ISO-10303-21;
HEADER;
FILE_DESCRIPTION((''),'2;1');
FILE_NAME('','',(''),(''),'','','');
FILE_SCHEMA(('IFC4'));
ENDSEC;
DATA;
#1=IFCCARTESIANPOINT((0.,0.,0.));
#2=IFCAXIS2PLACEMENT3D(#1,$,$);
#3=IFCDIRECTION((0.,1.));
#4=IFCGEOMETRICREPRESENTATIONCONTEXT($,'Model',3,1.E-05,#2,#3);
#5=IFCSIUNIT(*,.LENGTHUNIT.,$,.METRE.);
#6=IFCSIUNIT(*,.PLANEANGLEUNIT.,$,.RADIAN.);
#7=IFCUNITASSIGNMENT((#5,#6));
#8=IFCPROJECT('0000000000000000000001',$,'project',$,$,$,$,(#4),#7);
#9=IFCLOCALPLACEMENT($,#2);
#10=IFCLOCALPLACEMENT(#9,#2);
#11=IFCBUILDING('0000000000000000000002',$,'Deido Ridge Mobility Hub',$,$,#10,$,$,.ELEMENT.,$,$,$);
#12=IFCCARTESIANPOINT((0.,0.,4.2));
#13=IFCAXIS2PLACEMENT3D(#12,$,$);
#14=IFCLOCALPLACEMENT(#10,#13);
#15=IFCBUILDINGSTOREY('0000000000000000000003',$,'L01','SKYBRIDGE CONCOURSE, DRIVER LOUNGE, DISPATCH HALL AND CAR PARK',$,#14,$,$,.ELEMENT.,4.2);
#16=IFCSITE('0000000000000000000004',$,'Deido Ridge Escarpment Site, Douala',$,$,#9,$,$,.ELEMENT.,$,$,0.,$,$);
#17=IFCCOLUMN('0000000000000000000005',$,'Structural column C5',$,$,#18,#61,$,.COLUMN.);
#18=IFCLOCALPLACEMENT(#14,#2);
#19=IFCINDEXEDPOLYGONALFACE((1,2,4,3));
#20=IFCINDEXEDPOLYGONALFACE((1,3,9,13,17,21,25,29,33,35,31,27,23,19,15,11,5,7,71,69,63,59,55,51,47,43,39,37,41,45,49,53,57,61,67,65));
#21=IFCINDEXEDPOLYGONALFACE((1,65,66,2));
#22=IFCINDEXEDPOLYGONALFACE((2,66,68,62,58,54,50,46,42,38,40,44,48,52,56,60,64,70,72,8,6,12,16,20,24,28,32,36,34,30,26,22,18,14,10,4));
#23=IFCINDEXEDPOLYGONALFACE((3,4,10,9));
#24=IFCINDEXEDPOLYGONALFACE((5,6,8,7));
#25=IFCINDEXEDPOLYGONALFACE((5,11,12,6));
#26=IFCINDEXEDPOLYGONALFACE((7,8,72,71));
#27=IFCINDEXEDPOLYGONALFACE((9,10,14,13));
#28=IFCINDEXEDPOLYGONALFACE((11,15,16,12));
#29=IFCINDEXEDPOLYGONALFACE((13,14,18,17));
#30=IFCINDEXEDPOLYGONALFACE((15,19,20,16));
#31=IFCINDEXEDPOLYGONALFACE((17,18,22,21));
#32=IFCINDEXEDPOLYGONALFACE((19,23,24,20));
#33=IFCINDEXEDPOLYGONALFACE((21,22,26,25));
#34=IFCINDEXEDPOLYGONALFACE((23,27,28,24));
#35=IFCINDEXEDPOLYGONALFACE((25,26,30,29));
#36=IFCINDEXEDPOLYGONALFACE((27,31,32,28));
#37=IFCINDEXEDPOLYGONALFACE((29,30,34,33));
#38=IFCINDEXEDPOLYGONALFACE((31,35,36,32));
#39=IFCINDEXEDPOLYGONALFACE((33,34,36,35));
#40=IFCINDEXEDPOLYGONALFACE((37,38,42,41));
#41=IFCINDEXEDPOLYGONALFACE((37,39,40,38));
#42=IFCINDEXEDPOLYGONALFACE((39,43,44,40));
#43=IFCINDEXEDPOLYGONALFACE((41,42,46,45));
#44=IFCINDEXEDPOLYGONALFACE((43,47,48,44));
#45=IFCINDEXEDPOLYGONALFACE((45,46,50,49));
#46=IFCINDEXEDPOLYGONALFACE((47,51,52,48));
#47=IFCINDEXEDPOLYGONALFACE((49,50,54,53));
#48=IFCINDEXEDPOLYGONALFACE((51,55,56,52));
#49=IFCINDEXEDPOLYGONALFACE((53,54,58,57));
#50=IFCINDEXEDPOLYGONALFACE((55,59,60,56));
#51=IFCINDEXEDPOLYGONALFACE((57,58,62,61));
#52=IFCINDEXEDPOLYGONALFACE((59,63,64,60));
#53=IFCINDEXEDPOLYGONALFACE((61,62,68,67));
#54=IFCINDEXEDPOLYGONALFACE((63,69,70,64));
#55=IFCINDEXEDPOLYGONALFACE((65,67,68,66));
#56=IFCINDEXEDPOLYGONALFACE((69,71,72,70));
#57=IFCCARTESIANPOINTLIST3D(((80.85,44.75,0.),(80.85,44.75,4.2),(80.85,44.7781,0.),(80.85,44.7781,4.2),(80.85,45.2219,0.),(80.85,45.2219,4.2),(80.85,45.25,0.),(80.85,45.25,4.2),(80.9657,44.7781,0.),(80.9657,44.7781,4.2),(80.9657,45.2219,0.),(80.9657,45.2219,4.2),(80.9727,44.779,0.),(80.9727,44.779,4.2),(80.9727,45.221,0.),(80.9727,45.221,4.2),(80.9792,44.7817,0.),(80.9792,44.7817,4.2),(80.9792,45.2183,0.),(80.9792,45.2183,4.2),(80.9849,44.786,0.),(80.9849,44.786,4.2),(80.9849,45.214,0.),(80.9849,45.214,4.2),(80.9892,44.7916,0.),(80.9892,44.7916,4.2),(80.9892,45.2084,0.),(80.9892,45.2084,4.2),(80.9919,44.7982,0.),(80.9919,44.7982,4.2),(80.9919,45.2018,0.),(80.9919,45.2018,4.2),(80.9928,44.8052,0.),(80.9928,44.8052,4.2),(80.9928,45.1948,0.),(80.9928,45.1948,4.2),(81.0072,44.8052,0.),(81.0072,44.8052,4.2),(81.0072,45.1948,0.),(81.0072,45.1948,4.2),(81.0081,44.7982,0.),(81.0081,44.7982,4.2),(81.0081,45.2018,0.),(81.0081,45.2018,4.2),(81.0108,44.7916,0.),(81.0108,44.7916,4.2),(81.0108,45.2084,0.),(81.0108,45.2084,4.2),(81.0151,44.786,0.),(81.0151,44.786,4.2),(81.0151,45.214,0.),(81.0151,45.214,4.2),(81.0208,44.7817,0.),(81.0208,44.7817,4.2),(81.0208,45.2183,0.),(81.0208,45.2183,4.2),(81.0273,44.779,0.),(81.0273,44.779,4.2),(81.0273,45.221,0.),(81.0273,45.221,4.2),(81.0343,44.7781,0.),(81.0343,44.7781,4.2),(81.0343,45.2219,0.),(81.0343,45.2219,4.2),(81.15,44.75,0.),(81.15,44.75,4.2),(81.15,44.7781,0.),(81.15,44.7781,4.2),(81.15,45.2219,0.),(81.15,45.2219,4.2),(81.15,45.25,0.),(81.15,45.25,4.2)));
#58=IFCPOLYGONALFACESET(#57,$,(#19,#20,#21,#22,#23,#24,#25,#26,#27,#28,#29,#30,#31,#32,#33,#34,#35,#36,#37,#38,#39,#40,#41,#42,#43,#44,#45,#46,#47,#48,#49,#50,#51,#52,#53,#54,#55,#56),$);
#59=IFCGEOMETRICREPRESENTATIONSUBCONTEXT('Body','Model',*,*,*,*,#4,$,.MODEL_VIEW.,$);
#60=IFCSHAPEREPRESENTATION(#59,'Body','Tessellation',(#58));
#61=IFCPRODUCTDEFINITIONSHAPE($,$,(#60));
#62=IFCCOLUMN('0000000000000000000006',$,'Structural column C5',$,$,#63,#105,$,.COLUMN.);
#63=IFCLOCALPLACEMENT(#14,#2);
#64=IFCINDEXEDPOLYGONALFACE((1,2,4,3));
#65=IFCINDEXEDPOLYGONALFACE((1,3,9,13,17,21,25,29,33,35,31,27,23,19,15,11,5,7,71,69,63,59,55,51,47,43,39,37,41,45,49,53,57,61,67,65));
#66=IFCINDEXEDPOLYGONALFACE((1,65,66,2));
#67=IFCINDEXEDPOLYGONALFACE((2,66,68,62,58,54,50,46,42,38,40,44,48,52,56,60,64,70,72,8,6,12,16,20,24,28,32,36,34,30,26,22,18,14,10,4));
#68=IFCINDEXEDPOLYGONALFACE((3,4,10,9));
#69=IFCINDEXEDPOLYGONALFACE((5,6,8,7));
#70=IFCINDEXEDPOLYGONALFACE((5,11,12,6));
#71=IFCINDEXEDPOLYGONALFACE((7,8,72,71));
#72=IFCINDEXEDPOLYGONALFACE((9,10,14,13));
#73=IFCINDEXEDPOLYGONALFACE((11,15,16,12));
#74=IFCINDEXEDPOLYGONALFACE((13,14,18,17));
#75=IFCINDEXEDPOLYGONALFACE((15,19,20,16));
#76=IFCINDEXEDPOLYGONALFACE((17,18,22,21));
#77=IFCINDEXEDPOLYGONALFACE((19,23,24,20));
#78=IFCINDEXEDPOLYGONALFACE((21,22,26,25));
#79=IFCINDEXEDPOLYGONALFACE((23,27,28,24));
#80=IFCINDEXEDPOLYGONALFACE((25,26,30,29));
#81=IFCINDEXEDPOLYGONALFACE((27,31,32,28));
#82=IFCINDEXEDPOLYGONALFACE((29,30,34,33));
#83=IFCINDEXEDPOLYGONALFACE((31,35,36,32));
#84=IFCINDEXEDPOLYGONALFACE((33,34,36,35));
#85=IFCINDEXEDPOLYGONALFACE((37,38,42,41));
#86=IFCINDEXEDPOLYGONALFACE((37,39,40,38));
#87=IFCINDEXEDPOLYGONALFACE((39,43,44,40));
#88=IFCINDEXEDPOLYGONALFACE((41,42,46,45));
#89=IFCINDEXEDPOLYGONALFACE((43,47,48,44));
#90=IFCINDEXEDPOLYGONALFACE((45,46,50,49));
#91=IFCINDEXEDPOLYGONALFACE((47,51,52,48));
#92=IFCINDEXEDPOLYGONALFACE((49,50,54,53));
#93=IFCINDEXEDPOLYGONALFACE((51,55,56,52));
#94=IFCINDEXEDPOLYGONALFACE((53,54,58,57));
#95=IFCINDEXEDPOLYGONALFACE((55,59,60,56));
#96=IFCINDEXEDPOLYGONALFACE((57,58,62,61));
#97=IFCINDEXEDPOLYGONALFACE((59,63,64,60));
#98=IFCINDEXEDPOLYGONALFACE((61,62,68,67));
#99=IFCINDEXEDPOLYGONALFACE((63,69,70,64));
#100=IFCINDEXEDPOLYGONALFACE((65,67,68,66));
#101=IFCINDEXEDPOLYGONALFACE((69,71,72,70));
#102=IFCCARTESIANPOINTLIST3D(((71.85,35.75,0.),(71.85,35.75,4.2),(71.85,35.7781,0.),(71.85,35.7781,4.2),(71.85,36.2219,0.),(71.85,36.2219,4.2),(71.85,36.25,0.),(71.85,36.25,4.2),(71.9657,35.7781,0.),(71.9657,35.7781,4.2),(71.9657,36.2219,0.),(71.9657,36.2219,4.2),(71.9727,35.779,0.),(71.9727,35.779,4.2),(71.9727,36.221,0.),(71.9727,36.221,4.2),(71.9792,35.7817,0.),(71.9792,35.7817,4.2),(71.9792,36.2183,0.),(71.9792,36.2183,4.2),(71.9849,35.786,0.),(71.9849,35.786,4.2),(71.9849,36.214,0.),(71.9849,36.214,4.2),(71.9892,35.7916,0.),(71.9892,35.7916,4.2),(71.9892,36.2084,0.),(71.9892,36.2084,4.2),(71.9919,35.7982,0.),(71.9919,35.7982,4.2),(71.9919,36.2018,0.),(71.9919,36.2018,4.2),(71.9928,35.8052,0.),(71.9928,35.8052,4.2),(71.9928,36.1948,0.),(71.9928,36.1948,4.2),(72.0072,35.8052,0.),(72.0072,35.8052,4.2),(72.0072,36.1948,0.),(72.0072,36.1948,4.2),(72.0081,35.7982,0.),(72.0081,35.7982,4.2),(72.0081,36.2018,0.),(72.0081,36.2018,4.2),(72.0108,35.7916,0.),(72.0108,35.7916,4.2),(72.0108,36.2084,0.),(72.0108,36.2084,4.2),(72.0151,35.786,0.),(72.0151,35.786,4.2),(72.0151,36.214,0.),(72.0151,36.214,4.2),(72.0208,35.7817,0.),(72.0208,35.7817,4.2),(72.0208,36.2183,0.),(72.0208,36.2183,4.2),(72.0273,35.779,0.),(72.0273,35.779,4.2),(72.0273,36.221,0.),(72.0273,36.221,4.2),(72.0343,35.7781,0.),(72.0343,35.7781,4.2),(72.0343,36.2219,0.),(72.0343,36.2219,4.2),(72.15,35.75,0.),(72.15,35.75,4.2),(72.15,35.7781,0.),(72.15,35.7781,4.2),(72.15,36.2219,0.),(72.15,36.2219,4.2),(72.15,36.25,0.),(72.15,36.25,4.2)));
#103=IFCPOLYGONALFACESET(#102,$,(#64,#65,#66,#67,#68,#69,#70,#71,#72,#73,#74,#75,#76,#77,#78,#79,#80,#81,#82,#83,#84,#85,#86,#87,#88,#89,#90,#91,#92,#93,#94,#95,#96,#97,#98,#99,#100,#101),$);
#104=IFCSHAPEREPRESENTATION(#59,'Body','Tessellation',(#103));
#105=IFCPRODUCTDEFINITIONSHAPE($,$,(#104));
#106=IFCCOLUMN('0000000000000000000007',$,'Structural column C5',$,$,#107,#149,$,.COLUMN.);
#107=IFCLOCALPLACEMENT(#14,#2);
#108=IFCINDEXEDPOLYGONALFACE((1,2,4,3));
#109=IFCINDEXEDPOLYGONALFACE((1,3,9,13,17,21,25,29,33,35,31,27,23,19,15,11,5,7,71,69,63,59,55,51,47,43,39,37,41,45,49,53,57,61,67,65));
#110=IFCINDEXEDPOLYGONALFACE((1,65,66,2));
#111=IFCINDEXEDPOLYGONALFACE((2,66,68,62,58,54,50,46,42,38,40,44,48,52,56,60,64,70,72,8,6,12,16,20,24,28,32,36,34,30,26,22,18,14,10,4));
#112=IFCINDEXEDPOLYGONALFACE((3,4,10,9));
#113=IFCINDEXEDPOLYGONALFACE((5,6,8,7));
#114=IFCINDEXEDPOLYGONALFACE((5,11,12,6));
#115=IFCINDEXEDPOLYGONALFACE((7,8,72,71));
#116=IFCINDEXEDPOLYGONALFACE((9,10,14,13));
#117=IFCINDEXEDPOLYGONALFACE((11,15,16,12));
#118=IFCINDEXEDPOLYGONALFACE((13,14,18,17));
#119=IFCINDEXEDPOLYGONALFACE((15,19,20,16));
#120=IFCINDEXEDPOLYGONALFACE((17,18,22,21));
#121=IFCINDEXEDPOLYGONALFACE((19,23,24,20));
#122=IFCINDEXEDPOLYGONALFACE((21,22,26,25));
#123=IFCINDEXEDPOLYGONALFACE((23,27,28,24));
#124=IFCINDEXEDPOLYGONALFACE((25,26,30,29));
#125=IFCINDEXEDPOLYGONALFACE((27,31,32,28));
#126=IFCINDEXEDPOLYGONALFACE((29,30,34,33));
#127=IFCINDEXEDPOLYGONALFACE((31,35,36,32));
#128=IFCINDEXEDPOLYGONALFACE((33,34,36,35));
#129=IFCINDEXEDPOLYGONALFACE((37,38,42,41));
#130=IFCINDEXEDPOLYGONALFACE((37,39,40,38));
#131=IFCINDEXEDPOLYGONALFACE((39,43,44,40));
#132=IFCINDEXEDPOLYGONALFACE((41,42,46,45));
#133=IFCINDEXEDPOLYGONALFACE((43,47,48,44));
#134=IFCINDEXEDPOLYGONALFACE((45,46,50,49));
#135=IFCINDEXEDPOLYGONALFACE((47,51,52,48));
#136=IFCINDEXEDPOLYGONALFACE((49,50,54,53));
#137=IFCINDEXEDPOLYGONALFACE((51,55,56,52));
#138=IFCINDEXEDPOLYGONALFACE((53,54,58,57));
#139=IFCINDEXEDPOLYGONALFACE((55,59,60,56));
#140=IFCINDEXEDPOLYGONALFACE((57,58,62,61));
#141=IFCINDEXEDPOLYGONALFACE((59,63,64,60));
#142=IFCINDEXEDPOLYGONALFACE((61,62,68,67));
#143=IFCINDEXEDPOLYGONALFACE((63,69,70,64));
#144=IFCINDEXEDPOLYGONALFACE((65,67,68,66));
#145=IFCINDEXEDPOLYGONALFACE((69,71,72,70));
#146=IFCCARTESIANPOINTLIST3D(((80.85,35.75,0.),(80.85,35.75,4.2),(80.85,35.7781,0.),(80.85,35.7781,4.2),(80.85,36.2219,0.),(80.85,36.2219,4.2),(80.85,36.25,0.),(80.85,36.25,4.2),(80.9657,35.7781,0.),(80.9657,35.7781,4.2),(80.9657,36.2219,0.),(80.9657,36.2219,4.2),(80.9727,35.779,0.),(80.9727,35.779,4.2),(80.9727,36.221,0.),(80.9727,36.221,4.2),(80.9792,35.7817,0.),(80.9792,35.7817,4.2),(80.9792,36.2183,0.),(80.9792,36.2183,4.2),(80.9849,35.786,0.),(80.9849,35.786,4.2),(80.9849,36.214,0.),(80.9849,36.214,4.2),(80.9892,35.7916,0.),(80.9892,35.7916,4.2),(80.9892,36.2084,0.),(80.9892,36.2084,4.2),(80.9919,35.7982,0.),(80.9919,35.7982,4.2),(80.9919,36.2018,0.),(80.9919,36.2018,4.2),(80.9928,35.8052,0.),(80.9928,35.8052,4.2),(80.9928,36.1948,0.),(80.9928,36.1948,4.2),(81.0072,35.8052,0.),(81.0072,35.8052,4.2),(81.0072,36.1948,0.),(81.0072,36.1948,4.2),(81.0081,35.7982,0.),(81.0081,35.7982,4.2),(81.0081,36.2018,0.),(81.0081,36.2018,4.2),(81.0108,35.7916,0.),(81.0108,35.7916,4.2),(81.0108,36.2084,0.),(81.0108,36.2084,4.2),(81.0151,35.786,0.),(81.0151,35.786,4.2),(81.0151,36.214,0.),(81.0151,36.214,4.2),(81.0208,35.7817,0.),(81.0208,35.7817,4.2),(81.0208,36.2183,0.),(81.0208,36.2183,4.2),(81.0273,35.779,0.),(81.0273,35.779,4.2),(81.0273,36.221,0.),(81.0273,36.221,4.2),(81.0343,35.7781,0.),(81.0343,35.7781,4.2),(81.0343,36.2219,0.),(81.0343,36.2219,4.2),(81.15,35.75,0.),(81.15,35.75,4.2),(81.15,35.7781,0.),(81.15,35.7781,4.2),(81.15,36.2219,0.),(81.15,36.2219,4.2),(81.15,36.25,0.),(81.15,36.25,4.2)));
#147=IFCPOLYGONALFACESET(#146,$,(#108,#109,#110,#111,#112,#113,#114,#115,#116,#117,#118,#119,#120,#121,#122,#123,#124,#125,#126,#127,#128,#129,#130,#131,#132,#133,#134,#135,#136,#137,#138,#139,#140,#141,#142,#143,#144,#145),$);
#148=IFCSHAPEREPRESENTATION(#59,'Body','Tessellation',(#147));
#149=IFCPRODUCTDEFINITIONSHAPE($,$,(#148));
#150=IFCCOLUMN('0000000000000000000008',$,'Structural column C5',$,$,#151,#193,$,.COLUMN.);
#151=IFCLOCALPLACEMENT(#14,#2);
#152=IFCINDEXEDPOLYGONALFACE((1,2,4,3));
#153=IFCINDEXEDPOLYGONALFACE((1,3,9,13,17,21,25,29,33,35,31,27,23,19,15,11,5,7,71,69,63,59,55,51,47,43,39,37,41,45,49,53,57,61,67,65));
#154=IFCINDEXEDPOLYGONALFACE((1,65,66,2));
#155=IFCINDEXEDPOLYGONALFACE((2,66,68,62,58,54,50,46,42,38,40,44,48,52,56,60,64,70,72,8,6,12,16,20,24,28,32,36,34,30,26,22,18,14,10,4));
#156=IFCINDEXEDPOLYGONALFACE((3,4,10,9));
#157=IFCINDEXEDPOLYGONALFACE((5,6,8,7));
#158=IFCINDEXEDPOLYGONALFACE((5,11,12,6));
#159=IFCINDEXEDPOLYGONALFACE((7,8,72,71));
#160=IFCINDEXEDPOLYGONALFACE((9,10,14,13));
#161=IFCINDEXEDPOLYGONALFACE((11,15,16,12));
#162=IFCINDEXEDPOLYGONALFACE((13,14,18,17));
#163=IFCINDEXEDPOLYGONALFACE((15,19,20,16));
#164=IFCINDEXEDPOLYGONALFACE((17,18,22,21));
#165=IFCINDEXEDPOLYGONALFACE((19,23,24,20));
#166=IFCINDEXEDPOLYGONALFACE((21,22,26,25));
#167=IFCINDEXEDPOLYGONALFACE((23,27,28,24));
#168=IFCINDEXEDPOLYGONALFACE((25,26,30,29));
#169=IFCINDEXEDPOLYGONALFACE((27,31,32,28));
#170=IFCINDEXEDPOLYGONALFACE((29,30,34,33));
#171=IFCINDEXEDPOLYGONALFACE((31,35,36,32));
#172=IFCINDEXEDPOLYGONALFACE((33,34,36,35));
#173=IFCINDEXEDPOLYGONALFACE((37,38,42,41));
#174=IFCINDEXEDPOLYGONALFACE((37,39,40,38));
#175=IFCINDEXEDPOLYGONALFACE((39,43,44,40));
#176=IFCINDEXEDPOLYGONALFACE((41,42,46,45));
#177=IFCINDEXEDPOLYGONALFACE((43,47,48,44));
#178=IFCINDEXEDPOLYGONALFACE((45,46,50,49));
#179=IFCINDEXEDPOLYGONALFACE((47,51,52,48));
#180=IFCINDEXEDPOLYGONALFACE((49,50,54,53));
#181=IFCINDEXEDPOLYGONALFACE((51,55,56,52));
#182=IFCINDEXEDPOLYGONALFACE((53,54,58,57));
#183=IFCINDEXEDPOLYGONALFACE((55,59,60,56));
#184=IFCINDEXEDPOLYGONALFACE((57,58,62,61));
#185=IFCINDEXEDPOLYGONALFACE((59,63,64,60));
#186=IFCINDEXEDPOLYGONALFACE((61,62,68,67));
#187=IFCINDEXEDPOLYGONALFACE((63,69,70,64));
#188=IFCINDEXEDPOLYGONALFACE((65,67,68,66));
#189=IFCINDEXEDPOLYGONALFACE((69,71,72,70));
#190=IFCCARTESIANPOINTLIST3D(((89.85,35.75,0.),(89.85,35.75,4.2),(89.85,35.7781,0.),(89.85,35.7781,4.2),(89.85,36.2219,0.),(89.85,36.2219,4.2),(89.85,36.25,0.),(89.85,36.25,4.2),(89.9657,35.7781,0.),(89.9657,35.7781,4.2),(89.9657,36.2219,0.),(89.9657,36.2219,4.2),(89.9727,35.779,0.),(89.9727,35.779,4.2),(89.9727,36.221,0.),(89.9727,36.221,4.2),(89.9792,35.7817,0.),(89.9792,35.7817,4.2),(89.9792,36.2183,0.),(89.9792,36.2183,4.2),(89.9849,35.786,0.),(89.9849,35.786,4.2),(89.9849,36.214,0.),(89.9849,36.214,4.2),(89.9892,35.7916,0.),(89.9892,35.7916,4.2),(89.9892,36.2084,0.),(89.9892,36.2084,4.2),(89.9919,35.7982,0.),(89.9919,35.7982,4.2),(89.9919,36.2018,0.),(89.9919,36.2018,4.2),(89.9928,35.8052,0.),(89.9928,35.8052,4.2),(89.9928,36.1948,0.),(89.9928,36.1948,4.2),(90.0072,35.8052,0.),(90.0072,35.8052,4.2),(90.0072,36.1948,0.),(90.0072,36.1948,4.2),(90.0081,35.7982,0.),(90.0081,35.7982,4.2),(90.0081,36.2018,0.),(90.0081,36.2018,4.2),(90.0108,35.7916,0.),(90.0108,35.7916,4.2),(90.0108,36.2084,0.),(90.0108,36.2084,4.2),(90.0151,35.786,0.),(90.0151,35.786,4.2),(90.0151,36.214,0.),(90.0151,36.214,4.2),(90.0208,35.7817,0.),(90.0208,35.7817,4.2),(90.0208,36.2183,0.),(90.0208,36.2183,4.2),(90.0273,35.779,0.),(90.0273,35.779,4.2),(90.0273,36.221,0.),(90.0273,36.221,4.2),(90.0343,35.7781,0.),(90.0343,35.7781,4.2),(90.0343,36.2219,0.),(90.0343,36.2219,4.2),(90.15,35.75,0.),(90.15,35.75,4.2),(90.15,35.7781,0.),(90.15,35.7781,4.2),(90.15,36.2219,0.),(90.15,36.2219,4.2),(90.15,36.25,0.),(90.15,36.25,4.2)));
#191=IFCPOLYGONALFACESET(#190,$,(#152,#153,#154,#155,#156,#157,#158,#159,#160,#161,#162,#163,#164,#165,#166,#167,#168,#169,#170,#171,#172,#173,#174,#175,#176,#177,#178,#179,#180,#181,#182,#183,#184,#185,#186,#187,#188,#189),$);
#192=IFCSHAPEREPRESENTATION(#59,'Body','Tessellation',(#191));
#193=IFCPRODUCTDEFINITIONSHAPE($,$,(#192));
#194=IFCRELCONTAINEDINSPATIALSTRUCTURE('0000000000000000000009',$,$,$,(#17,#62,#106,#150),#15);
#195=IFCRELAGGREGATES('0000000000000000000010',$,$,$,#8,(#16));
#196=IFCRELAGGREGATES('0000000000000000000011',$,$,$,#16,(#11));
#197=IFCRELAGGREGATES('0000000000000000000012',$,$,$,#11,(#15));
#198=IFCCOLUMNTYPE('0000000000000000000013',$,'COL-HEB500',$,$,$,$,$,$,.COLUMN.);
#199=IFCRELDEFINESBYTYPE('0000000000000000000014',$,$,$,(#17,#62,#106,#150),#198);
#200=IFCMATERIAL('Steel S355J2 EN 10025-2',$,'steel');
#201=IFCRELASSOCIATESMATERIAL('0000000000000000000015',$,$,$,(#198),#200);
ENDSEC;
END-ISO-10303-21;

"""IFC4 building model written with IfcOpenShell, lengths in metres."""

from ifc_helpers import new_model, si_unit, direction, frame, origin, origin_2d, place, context, subcontext, project, spatial, i_section, extrude, material, material_profile, profile_set, type_object, element, save


model = new_model("IFC4")

# Units and contexts
model_context = context("Model", 3, precision=1e-05, world=origin(), true_north=direction((0.0, 1.0)))
body_context = subcontext(model_context, "Body", "Model", "MODEL_VIEW")
ifc_project = project(units=[si_unit("LENGTHUNIT", "METRE"), si_unit("PLANEANGLEUNIT", "RADIAN")], contexts=[model_context])

# Site, building, storey
site_placement = place(None, origin())
site = spatial("IfcSite", under=ifc_project, at=site_placement, Name="Deido Ridge Escarpment Site, Douala", CompositionType="ELEMENT", RefElevation=0.0)
building_placement = place(site_placement, origin())
building = spatial("IfcBuilding", under=site, at=building_placement, Name="Deido Ridge Mobility Hub", CompositionType="ELEMENT")
storey_placement = place(building_placement, frame((0.0, 0.0, 4.2)))
storey = spatial("IfcBuildingStorey", under=building, at=storey_placement, Name="L01", Description="SKYBRIDGE CONCOURSE, DRIVER LOUNGE, DISPATCH HALL AND CAR PARK", CompositionType="ELEMENT", Elevation=4.2)

# Columns
ifc_material_1 = material(Name="Steel S355J2 EN 10025-2", Category="steel")
ifc_material_profile_1 = material_profile(ifc_material_1, i_section(OverallWidth=0.3, OverallDepth=0.5, WebThickness=0.0144, FlangeThickness=0.0281, FilletRadius=0.0271, at=origin_2d()), Name="HEB 500")
ifc_profile_set_1 = profile_set([ifc_material_profile_1], Name="Steel S355J2 EN 10025-2")
column_type_1 = type_object("IfcColumnType", Name="COL-HEB500", PredefinedType="COLUMN", material=ifc_profile_set_1)
for number, where, z_axis, x_axis, name in (
    (1, (81.0, 45.0, 0.0), (0.0, 0.0, 1.0), (1.0, 0.0, 0.0), "Structural column C5"),
    (2, (72.0, 36.0, 0.0), (0.0, 0.0, 1.0), (1.0, 0.0, 0.0), "Structural column C5"),
    (3, (81.0, 36.0, 0.0), (0.0, 0.0, 1.0), (1.0, 0.0, 0.0), "Structural column C5"),
    (4, (90.0, 36.0, 0.0), (0.0, 0.0, 1.0), (1.0, 0.0, 0.0), "Structural column C5"),
):
    element("IfcColumn", number, at=place(storey_placement, frame(where, z_axis=z_axis, x_axis=x_axis)), inside=storey, type_object=column_type_1, Name=name, PredefinedType="COLUMN", context=body_context, shape_type="SweptSolid", body=[
        extrude(i_section(OverallWidth=0.3, OverallDepth=0.5, WebThickness=0.0144, FlangeThickness=0.0281, FilletRadius=0.0271, at=origin_2d()), origin(), (0.0, 0.0, 1.0), 4.2),
    ])

save(model, "model.ifc")
